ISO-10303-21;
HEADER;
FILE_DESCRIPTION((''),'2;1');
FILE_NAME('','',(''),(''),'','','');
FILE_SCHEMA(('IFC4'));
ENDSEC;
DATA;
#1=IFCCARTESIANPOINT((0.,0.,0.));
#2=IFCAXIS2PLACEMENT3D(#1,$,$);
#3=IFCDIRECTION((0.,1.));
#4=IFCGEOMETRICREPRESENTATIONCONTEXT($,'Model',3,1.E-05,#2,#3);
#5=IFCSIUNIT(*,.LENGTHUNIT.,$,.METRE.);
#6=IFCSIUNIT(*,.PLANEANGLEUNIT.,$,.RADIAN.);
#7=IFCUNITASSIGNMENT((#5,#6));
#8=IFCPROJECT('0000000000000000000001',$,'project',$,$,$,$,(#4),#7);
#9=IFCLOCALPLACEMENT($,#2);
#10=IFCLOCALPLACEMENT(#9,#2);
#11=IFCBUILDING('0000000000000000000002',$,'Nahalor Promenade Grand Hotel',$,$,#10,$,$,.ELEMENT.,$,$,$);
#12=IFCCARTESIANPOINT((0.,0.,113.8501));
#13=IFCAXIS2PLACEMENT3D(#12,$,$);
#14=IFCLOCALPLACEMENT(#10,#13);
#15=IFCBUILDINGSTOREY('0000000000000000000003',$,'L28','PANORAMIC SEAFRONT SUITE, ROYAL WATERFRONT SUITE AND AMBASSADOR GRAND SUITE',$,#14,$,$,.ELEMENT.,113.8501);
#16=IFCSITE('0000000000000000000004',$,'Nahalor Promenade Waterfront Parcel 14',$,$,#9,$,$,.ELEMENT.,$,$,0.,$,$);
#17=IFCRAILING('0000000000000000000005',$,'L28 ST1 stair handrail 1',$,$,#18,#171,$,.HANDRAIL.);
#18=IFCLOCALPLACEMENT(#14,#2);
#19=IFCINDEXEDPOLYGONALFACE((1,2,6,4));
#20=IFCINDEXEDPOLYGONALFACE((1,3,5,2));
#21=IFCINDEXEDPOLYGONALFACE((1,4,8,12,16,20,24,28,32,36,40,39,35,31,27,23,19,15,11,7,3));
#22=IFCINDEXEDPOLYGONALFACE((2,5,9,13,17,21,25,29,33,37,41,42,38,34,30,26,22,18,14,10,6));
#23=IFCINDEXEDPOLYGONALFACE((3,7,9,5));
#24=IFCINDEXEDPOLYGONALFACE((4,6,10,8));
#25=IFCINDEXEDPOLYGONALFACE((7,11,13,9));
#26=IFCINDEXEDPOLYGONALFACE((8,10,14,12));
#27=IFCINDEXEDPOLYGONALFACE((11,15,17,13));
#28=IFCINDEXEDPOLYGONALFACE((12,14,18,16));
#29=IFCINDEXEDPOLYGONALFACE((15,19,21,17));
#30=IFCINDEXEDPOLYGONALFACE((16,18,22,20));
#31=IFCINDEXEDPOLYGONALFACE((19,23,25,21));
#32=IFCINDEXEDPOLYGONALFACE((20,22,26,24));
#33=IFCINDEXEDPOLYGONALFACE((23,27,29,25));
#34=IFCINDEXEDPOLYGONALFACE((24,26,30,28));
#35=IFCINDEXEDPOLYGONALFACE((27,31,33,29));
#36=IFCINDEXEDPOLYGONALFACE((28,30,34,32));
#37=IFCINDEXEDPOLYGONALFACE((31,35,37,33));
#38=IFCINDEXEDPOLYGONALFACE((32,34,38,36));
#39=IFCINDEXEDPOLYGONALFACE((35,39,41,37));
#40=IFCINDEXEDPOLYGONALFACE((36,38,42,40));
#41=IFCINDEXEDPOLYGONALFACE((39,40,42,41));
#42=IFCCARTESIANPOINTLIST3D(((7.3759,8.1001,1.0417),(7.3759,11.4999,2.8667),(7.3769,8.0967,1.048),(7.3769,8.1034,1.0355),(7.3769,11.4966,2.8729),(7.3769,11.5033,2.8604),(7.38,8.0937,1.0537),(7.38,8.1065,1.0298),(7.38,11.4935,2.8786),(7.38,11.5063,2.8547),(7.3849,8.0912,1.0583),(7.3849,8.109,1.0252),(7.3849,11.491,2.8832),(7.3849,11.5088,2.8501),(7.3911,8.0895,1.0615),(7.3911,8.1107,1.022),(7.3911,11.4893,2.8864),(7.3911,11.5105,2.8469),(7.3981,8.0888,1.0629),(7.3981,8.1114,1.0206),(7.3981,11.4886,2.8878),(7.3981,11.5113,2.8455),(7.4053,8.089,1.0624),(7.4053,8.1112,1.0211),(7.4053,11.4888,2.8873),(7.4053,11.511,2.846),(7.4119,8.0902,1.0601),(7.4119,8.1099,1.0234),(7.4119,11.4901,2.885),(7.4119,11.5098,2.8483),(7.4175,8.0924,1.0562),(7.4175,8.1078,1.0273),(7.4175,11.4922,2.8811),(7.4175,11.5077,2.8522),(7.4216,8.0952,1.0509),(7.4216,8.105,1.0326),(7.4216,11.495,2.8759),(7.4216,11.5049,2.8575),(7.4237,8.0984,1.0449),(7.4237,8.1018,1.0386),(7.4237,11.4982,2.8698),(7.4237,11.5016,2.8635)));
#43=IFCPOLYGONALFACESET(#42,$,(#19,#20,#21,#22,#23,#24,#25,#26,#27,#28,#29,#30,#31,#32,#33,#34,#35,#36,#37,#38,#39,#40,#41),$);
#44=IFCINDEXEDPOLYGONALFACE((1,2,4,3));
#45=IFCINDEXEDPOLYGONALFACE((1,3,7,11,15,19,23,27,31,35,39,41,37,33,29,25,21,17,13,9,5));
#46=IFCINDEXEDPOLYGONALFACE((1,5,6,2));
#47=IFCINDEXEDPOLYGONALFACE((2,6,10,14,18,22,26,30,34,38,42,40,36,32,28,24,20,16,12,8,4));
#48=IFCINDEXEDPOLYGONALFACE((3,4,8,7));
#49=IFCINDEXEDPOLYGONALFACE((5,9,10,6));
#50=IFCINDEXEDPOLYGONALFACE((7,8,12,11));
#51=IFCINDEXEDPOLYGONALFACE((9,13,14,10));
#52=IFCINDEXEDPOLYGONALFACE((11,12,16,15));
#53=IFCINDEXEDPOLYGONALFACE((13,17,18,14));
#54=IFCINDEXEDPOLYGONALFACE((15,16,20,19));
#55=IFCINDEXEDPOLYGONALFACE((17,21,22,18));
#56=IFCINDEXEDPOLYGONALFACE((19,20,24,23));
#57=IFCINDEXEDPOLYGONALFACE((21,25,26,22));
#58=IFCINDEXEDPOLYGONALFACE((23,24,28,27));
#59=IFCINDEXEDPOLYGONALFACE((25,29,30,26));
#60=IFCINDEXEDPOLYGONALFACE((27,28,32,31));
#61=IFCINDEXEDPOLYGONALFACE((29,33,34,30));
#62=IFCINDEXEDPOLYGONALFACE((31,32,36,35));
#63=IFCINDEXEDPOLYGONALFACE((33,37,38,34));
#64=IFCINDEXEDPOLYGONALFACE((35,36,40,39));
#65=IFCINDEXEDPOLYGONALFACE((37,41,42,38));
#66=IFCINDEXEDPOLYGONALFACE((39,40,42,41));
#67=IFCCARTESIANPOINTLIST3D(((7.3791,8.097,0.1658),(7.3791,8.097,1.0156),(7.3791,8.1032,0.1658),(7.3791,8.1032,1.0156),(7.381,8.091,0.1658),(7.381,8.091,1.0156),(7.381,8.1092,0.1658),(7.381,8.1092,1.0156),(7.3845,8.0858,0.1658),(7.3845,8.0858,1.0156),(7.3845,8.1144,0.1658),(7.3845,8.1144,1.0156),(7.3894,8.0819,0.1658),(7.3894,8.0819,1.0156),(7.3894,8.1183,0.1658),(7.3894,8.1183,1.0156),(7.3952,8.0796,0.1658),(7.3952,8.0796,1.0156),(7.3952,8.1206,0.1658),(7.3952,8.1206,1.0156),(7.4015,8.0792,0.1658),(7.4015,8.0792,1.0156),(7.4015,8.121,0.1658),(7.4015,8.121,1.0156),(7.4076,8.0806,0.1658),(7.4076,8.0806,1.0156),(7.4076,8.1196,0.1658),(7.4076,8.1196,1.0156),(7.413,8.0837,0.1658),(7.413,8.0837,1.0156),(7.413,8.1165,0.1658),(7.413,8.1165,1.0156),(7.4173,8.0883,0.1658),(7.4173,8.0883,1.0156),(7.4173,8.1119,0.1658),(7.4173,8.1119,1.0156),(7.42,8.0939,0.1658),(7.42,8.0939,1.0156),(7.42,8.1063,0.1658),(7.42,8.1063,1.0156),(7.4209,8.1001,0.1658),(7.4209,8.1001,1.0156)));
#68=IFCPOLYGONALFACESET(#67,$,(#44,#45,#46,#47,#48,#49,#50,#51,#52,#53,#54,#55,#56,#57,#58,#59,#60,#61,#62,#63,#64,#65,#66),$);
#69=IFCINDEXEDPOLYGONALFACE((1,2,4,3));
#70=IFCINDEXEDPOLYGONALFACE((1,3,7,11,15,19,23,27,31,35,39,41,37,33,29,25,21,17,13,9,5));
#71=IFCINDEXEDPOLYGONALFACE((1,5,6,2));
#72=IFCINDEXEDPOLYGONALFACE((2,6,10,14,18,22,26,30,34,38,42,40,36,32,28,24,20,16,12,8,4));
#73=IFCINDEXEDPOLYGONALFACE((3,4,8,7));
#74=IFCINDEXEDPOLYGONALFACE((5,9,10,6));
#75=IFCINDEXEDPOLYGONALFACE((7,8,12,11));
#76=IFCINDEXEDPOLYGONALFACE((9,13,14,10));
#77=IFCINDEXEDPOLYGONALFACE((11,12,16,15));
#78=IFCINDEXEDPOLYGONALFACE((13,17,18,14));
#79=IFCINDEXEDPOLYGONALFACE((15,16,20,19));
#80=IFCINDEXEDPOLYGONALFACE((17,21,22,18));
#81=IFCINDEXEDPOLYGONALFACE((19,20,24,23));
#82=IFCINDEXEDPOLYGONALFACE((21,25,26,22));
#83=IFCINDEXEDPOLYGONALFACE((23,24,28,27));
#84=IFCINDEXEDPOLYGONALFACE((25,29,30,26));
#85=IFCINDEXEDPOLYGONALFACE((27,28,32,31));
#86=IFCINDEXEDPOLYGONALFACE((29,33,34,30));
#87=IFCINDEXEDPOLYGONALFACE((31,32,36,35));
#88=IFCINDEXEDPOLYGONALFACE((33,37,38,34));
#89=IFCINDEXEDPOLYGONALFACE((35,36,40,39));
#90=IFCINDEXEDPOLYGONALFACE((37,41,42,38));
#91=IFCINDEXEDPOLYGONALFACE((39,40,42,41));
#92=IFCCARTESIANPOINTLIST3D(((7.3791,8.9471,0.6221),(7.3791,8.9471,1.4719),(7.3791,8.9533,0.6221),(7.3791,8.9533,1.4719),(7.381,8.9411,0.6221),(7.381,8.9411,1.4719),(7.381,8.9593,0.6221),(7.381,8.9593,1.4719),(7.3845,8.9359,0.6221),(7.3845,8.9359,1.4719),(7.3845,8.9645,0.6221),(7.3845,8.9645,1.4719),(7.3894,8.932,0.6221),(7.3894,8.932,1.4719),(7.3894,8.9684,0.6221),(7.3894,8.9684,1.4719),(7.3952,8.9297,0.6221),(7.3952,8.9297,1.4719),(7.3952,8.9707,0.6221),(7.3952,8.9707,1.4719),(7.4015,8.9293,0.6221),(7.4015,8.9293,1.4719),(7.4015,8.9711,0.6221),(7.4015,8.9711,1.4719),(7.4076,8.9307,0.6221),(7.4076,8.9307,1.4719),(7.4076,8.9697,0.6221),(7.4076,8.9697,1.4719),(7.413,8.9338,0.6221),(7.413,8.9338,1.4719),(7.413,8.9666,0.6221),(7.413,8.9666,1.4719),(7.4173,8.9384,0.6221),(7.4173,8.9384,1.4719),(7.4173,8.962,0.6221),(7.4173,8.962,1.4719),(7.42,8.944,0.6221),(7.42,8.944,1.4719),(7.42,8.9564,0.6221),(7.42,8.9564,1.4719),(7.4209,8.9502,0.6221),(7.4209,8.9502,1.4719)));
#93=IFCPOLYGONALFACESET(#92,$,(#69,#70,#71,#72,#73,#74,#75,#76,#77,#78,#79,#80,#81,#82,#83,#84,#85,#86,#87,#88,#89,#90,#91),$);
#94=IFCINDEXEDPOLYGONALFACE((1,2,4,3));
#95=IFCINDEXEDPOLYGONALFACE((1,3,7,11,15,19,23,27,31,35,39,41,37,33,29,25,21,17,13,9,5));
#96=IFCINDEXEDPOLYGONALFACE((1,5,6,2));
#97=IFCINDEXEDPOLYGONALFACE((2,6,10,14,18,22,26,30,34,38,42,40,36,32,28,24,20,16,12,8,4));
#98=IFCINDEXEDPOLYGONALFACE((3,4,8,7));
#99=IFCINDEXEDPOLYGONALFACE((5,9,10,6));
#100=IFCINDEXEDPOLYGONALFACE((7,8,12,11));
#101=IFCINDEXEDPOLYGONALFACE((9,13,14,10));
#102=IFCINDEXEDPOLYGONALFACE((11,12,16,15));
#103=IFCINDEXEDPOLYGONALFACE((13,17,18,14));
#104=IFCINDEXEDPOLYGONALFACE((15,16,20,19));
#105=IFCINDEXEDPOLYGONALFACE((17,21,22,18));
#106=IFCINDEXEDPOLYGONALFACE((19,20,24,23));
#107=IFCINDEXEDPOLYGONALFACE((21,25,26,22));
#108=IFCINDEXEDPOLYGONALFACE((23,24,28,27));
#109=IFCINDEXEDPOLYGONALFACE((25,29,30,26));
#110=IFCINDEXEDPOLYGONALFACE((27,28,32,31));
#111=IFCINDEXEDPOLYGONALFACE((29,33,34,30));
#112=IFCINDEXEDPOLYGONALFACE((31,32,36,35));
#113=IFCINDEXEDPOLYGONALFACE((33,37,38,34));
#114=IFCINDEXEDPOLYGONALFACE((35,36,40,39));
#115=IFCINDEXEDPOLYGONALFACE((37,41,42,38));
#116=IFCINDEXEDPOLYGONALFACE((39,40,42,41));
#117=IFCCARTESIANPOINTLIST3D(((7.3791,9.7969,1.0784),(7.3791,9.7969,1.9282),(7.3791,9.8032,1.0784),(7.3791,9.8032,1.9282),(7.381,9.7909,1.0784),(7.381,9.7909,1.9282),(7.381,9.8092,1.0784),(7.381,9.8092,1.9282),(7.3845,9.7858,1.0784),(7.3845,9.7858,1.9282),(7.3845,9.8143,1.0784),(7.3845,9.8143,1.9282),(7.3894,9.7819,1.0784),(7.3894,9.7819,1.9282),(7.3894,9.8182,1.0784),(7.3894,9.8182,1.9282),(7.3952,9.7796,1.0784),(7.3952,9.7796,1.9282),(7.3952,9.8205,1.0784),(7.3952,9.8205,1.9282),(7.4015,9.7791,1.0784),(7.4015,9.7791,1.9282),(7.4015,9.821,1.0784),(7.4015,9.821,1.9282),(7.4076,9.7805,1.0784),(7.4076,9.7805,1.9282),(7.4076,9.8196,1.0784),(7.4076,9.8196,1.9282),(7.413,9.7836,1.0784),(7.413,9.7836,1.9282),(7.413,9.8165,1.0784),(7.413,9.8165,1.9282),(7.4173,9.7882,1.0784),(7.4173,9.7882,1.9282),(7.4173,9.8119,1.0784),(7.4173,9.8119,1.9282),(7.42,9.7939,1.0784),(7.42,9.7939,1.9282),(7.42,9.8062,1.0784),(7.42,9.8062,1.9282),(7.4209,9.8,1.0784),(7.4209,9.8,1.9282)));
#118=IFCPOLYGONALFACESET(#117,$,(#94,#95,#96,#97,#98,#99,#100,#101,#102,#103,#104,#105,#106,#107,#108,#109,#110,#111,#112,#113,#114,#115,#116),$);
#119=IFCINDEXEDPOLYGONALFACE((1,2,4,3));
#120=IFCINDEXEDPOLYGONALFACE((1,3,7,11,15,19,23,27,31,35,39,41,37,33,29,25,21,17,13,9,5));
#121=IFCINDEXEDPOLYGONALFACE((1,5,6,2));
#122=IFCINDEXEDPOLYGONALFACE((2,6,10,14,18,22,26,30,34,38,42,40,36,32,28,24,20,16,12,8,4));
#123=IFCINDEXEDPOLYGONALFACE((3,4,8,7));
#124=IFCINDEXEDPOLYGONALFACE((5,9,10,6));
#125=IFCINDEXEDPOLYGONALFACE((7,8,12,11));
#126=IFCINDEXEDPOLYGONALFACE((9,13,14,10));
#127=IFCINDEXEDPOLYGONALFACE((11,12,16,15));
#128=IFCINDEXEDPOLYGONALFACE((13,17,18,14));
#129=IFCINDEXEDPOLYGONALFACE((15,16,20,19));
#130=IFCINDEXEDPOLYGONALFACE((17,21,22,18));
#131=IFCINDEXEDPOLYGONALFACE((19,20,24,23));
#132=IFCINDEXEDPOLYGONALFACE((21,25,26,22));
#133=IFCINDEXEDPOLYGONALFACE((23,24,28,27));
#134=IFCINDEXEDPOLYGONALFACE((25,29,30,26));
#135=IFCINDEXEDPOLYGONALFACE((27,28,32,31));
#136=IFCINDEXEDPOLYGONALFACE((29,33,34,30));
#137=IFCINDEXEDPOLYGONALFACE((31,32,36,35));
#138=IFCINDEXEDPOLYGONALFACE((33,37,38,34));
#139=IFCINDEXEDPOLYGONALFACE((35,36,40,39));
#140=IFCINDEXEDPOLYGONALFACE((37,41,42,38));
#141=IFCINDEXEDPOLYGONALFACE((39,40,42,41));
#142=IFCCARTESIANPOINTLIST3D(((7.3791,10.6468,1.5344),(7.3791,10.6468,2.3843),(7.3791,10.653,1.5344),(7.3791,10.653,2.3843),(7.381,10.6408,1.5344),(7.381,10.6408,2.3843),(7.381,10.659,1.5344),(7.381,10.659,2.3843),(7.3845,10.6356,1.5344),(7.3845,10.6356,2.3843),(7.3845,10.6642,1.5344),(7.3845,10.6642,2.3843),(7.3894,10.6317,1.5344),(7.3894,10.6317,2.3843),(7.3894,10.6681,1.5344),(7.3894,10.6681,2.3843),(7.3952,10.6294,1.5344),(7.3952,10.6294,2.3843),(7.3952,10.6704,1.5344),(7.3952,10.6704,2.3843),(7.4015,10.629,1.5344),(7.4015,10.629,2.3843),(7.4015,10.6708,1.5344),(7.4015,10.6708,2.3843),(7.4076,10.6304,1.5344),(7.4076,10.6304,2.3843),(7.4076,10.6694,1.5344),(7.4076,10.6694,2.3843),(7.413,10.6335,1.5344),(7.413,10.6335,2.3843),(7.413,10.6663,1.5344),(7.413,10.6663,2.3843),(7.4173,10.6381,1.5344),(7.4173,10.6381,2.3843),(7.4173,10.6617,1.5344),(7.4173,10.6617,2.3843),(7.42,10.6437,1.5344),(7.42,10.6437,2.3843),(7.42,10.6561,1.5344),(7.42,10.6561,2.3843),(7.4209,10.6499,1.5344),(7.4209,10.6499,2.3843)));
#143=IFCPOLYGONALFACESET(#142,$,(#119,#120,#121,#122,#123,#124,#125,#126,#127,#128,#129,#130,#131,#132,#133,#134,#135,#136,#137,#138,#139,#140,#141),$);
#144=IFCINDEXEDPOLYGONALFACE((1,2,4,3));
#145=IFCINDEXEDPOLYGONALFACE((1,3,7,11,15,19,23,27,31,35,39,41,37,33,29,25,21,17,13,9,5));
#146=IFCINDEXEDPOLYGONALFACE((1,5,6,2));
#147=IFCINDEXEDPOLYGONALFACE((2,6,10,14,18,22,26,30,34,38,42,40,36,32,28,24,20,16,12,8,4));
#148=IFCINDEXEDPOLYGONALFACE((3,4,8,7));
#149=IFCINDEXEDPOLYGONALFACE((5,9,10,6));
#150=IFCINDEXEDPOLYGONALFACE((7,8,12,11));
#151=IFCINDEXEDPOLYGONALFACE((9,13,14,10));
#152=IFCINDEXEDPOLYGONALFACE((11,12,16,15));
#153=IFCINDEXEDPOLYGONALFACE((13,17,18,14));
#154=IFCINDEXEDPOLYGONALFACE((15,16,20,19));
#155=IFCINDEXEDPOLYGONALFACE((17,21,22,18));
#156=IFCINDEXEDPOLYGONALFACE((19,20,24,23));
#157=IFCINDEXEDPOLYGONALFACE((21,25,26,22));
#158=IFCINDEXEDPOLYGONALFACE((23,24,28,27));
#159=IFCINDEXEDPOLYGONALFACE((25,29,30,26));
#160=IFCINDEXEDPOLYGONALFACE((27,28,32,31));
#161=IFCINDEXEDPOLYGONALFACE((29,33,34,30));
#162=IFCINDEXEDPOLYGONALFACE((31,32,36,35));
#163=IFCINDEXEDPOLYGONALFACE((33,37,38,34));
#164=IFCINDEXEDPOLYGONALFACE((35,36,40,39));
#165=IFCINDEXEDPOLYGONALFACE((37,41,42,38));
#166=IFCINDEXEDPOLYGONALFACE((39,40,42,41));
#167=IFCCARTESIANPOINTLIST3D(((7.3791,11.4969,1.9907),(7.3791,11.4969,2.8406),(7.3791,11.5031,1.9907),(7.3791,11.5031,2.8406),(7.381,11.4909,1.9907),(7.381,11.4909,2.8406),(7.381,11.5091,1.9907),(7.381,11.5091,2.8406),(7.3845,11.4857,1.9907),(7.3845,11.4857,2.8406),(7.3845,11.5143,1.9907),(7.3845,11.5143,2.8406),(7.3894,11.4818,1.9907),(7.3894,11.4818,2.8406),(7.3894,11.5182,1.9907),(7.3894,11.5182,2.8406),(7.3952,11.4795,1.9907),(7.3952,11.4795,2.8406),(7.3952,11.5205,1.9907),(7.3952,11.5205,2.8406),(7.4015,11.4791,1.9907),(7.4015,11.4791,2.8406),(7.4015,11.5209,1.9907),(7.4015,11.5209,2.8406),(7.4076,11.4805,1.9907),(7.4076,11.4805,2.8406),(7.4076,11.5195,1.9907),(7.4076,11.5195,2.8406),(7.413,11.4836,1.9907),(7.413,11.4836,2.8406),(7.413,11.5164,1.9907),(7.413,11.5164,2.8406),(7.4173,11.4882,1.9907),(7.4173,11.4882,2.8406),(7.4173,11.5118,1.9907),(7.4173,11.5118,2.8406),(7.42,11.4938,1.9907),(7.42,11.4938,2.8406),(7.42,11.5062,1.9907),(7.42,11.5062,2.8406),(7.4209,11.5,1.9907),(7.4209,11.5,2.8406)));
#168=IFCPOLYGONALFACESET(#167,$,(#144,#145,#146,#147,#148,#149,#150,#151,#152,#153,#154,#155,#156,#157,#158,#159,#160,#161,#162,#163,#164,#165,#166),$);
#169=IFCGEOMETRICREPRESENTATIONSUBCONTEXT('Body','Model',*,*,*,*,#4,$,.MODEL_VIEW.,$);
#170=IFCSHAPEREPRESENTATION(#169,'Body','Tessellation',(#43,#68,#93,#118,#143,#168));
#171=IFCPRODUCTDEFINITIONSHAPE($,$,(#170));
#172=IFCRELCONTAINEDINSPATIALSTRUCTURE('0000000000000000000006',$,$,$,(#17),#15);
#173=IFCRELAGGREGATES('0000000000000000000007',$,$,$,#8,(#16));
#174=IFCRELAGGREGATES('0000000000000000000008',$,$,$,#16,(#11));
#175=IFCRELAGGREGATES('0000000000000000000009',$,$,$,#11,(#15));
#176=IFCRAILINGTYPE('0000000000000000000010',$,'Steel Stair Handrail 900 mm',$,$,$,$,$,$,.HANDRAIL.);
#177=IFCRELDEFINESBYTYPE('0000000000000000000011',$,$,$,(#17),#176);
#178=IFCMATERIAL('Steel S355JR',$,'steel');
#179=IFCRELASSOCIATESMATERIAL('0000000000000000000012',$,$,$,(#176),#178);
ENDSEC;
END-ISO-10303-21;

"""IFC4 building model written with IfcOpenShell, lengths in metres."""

from ifc_helpers import new_model, si_unit, direction, frame, origin, origin_2d, place, context, subcontext, project, spatial, circle, extrude, material, type_object, element, save


model = new_model("IFC4")

# Units and contexts
model_context = context("Model", 3, precision=1e-05, world=origin(), true_north=direction((0.0, 1.0)))
body_context = subcontext(model_context, "Body", "Model", "MODEL_VIEW")
ifc_project = project(units=[si_unit("LENGTHUNIT", "METRE"), si_unit("PLANEANGLEUNIT", "RADIAN")], contexts=[model_context])

# Site, building, storey
site_placement = place(None, origin())
site = spatial("IfcSite", under=ifc_project, at=site_placement, Name="Nahalor Promenade Waterfront Parcel 14", CompositionType="ELEMENT", RefElevation=0.0)
building_placement = place(site_placement, origin())
building = spatial("IfcBuilding", under=site, at=building_placement, Name="Nahalor Promenade Grand Hotel", CompositionType="ELEMENT")
storey_placement = place(building_placement, frame((0.0, 0.0, 113.8501)))
storey = spatial("IfcBuildingStorey", under=building, at=storey_placement, Name="L28", Description="PANORAMIC SEAFRONT SUITE, ROYAL WATERFRONT SUITE AND AMBASSADOR GRAND SUITE", CompositionType="ELEMENT", Elevation=113.8501)

# Shared definitions
ifc_material_1 = material(Name="Steel S355JR", Category="steel")

# Railing
railing_type_1 = type_object("IfcRailingType", Name="Steel Stair Handrail 900 mm", PredefinedType="HANDRAIL", material=ifc_material_1)
railing_1_placement = place(storey_placement, frame((7.3999, 8.1001, 0.1658)))
element("IfcRailing", 1, at=railing_1_placement, inside=storey, type_object=railing_type_1, Name="L28 ST1 stair handrail 1", PredefinedType="HANDRAIL", context=body_context, shape_type="SweptSolid", body=[
    extrude(circle(Radius=0.024, at=origin_2d()), frame((0.0, 0.0, 0.876), z_axis=(0.0, 0.881094, 0.472941), x_axis=(-1.0, 0.0, 0.0)), (0.0, 0.0, 1.0), 3.8586),
    extrude(circle(Radius=0.021, at=origin_2d()), origin(), (0.0, 0.0, 1.0), 0.8499),
    extrude(circle(Radius=0.021, at=origin_2d()), frame((0.0, 0.8501, 0.4563)), (0.0, 0.0, 1.0), 0.8499),
    extrude(circle(Radius=0.021, at=origin_2d()), frame((0.0, 1.7, 0.9126)), (0.0, 0.0, 1.0), 0.8499),
    extrude(circle(Radius=0.021, at=origin_2d()), frame((0.0, 2.5498, 1.3687)), (0.0, 0.0, 1.0), 0.8499),
    extrude(circle(Radius=0.021, at=origin_2d()), frame((0.0, 3.3999, 1.825)), (0.0, 0.0, 1.0), 0.8499),
])

save(model, "model.ifc")
